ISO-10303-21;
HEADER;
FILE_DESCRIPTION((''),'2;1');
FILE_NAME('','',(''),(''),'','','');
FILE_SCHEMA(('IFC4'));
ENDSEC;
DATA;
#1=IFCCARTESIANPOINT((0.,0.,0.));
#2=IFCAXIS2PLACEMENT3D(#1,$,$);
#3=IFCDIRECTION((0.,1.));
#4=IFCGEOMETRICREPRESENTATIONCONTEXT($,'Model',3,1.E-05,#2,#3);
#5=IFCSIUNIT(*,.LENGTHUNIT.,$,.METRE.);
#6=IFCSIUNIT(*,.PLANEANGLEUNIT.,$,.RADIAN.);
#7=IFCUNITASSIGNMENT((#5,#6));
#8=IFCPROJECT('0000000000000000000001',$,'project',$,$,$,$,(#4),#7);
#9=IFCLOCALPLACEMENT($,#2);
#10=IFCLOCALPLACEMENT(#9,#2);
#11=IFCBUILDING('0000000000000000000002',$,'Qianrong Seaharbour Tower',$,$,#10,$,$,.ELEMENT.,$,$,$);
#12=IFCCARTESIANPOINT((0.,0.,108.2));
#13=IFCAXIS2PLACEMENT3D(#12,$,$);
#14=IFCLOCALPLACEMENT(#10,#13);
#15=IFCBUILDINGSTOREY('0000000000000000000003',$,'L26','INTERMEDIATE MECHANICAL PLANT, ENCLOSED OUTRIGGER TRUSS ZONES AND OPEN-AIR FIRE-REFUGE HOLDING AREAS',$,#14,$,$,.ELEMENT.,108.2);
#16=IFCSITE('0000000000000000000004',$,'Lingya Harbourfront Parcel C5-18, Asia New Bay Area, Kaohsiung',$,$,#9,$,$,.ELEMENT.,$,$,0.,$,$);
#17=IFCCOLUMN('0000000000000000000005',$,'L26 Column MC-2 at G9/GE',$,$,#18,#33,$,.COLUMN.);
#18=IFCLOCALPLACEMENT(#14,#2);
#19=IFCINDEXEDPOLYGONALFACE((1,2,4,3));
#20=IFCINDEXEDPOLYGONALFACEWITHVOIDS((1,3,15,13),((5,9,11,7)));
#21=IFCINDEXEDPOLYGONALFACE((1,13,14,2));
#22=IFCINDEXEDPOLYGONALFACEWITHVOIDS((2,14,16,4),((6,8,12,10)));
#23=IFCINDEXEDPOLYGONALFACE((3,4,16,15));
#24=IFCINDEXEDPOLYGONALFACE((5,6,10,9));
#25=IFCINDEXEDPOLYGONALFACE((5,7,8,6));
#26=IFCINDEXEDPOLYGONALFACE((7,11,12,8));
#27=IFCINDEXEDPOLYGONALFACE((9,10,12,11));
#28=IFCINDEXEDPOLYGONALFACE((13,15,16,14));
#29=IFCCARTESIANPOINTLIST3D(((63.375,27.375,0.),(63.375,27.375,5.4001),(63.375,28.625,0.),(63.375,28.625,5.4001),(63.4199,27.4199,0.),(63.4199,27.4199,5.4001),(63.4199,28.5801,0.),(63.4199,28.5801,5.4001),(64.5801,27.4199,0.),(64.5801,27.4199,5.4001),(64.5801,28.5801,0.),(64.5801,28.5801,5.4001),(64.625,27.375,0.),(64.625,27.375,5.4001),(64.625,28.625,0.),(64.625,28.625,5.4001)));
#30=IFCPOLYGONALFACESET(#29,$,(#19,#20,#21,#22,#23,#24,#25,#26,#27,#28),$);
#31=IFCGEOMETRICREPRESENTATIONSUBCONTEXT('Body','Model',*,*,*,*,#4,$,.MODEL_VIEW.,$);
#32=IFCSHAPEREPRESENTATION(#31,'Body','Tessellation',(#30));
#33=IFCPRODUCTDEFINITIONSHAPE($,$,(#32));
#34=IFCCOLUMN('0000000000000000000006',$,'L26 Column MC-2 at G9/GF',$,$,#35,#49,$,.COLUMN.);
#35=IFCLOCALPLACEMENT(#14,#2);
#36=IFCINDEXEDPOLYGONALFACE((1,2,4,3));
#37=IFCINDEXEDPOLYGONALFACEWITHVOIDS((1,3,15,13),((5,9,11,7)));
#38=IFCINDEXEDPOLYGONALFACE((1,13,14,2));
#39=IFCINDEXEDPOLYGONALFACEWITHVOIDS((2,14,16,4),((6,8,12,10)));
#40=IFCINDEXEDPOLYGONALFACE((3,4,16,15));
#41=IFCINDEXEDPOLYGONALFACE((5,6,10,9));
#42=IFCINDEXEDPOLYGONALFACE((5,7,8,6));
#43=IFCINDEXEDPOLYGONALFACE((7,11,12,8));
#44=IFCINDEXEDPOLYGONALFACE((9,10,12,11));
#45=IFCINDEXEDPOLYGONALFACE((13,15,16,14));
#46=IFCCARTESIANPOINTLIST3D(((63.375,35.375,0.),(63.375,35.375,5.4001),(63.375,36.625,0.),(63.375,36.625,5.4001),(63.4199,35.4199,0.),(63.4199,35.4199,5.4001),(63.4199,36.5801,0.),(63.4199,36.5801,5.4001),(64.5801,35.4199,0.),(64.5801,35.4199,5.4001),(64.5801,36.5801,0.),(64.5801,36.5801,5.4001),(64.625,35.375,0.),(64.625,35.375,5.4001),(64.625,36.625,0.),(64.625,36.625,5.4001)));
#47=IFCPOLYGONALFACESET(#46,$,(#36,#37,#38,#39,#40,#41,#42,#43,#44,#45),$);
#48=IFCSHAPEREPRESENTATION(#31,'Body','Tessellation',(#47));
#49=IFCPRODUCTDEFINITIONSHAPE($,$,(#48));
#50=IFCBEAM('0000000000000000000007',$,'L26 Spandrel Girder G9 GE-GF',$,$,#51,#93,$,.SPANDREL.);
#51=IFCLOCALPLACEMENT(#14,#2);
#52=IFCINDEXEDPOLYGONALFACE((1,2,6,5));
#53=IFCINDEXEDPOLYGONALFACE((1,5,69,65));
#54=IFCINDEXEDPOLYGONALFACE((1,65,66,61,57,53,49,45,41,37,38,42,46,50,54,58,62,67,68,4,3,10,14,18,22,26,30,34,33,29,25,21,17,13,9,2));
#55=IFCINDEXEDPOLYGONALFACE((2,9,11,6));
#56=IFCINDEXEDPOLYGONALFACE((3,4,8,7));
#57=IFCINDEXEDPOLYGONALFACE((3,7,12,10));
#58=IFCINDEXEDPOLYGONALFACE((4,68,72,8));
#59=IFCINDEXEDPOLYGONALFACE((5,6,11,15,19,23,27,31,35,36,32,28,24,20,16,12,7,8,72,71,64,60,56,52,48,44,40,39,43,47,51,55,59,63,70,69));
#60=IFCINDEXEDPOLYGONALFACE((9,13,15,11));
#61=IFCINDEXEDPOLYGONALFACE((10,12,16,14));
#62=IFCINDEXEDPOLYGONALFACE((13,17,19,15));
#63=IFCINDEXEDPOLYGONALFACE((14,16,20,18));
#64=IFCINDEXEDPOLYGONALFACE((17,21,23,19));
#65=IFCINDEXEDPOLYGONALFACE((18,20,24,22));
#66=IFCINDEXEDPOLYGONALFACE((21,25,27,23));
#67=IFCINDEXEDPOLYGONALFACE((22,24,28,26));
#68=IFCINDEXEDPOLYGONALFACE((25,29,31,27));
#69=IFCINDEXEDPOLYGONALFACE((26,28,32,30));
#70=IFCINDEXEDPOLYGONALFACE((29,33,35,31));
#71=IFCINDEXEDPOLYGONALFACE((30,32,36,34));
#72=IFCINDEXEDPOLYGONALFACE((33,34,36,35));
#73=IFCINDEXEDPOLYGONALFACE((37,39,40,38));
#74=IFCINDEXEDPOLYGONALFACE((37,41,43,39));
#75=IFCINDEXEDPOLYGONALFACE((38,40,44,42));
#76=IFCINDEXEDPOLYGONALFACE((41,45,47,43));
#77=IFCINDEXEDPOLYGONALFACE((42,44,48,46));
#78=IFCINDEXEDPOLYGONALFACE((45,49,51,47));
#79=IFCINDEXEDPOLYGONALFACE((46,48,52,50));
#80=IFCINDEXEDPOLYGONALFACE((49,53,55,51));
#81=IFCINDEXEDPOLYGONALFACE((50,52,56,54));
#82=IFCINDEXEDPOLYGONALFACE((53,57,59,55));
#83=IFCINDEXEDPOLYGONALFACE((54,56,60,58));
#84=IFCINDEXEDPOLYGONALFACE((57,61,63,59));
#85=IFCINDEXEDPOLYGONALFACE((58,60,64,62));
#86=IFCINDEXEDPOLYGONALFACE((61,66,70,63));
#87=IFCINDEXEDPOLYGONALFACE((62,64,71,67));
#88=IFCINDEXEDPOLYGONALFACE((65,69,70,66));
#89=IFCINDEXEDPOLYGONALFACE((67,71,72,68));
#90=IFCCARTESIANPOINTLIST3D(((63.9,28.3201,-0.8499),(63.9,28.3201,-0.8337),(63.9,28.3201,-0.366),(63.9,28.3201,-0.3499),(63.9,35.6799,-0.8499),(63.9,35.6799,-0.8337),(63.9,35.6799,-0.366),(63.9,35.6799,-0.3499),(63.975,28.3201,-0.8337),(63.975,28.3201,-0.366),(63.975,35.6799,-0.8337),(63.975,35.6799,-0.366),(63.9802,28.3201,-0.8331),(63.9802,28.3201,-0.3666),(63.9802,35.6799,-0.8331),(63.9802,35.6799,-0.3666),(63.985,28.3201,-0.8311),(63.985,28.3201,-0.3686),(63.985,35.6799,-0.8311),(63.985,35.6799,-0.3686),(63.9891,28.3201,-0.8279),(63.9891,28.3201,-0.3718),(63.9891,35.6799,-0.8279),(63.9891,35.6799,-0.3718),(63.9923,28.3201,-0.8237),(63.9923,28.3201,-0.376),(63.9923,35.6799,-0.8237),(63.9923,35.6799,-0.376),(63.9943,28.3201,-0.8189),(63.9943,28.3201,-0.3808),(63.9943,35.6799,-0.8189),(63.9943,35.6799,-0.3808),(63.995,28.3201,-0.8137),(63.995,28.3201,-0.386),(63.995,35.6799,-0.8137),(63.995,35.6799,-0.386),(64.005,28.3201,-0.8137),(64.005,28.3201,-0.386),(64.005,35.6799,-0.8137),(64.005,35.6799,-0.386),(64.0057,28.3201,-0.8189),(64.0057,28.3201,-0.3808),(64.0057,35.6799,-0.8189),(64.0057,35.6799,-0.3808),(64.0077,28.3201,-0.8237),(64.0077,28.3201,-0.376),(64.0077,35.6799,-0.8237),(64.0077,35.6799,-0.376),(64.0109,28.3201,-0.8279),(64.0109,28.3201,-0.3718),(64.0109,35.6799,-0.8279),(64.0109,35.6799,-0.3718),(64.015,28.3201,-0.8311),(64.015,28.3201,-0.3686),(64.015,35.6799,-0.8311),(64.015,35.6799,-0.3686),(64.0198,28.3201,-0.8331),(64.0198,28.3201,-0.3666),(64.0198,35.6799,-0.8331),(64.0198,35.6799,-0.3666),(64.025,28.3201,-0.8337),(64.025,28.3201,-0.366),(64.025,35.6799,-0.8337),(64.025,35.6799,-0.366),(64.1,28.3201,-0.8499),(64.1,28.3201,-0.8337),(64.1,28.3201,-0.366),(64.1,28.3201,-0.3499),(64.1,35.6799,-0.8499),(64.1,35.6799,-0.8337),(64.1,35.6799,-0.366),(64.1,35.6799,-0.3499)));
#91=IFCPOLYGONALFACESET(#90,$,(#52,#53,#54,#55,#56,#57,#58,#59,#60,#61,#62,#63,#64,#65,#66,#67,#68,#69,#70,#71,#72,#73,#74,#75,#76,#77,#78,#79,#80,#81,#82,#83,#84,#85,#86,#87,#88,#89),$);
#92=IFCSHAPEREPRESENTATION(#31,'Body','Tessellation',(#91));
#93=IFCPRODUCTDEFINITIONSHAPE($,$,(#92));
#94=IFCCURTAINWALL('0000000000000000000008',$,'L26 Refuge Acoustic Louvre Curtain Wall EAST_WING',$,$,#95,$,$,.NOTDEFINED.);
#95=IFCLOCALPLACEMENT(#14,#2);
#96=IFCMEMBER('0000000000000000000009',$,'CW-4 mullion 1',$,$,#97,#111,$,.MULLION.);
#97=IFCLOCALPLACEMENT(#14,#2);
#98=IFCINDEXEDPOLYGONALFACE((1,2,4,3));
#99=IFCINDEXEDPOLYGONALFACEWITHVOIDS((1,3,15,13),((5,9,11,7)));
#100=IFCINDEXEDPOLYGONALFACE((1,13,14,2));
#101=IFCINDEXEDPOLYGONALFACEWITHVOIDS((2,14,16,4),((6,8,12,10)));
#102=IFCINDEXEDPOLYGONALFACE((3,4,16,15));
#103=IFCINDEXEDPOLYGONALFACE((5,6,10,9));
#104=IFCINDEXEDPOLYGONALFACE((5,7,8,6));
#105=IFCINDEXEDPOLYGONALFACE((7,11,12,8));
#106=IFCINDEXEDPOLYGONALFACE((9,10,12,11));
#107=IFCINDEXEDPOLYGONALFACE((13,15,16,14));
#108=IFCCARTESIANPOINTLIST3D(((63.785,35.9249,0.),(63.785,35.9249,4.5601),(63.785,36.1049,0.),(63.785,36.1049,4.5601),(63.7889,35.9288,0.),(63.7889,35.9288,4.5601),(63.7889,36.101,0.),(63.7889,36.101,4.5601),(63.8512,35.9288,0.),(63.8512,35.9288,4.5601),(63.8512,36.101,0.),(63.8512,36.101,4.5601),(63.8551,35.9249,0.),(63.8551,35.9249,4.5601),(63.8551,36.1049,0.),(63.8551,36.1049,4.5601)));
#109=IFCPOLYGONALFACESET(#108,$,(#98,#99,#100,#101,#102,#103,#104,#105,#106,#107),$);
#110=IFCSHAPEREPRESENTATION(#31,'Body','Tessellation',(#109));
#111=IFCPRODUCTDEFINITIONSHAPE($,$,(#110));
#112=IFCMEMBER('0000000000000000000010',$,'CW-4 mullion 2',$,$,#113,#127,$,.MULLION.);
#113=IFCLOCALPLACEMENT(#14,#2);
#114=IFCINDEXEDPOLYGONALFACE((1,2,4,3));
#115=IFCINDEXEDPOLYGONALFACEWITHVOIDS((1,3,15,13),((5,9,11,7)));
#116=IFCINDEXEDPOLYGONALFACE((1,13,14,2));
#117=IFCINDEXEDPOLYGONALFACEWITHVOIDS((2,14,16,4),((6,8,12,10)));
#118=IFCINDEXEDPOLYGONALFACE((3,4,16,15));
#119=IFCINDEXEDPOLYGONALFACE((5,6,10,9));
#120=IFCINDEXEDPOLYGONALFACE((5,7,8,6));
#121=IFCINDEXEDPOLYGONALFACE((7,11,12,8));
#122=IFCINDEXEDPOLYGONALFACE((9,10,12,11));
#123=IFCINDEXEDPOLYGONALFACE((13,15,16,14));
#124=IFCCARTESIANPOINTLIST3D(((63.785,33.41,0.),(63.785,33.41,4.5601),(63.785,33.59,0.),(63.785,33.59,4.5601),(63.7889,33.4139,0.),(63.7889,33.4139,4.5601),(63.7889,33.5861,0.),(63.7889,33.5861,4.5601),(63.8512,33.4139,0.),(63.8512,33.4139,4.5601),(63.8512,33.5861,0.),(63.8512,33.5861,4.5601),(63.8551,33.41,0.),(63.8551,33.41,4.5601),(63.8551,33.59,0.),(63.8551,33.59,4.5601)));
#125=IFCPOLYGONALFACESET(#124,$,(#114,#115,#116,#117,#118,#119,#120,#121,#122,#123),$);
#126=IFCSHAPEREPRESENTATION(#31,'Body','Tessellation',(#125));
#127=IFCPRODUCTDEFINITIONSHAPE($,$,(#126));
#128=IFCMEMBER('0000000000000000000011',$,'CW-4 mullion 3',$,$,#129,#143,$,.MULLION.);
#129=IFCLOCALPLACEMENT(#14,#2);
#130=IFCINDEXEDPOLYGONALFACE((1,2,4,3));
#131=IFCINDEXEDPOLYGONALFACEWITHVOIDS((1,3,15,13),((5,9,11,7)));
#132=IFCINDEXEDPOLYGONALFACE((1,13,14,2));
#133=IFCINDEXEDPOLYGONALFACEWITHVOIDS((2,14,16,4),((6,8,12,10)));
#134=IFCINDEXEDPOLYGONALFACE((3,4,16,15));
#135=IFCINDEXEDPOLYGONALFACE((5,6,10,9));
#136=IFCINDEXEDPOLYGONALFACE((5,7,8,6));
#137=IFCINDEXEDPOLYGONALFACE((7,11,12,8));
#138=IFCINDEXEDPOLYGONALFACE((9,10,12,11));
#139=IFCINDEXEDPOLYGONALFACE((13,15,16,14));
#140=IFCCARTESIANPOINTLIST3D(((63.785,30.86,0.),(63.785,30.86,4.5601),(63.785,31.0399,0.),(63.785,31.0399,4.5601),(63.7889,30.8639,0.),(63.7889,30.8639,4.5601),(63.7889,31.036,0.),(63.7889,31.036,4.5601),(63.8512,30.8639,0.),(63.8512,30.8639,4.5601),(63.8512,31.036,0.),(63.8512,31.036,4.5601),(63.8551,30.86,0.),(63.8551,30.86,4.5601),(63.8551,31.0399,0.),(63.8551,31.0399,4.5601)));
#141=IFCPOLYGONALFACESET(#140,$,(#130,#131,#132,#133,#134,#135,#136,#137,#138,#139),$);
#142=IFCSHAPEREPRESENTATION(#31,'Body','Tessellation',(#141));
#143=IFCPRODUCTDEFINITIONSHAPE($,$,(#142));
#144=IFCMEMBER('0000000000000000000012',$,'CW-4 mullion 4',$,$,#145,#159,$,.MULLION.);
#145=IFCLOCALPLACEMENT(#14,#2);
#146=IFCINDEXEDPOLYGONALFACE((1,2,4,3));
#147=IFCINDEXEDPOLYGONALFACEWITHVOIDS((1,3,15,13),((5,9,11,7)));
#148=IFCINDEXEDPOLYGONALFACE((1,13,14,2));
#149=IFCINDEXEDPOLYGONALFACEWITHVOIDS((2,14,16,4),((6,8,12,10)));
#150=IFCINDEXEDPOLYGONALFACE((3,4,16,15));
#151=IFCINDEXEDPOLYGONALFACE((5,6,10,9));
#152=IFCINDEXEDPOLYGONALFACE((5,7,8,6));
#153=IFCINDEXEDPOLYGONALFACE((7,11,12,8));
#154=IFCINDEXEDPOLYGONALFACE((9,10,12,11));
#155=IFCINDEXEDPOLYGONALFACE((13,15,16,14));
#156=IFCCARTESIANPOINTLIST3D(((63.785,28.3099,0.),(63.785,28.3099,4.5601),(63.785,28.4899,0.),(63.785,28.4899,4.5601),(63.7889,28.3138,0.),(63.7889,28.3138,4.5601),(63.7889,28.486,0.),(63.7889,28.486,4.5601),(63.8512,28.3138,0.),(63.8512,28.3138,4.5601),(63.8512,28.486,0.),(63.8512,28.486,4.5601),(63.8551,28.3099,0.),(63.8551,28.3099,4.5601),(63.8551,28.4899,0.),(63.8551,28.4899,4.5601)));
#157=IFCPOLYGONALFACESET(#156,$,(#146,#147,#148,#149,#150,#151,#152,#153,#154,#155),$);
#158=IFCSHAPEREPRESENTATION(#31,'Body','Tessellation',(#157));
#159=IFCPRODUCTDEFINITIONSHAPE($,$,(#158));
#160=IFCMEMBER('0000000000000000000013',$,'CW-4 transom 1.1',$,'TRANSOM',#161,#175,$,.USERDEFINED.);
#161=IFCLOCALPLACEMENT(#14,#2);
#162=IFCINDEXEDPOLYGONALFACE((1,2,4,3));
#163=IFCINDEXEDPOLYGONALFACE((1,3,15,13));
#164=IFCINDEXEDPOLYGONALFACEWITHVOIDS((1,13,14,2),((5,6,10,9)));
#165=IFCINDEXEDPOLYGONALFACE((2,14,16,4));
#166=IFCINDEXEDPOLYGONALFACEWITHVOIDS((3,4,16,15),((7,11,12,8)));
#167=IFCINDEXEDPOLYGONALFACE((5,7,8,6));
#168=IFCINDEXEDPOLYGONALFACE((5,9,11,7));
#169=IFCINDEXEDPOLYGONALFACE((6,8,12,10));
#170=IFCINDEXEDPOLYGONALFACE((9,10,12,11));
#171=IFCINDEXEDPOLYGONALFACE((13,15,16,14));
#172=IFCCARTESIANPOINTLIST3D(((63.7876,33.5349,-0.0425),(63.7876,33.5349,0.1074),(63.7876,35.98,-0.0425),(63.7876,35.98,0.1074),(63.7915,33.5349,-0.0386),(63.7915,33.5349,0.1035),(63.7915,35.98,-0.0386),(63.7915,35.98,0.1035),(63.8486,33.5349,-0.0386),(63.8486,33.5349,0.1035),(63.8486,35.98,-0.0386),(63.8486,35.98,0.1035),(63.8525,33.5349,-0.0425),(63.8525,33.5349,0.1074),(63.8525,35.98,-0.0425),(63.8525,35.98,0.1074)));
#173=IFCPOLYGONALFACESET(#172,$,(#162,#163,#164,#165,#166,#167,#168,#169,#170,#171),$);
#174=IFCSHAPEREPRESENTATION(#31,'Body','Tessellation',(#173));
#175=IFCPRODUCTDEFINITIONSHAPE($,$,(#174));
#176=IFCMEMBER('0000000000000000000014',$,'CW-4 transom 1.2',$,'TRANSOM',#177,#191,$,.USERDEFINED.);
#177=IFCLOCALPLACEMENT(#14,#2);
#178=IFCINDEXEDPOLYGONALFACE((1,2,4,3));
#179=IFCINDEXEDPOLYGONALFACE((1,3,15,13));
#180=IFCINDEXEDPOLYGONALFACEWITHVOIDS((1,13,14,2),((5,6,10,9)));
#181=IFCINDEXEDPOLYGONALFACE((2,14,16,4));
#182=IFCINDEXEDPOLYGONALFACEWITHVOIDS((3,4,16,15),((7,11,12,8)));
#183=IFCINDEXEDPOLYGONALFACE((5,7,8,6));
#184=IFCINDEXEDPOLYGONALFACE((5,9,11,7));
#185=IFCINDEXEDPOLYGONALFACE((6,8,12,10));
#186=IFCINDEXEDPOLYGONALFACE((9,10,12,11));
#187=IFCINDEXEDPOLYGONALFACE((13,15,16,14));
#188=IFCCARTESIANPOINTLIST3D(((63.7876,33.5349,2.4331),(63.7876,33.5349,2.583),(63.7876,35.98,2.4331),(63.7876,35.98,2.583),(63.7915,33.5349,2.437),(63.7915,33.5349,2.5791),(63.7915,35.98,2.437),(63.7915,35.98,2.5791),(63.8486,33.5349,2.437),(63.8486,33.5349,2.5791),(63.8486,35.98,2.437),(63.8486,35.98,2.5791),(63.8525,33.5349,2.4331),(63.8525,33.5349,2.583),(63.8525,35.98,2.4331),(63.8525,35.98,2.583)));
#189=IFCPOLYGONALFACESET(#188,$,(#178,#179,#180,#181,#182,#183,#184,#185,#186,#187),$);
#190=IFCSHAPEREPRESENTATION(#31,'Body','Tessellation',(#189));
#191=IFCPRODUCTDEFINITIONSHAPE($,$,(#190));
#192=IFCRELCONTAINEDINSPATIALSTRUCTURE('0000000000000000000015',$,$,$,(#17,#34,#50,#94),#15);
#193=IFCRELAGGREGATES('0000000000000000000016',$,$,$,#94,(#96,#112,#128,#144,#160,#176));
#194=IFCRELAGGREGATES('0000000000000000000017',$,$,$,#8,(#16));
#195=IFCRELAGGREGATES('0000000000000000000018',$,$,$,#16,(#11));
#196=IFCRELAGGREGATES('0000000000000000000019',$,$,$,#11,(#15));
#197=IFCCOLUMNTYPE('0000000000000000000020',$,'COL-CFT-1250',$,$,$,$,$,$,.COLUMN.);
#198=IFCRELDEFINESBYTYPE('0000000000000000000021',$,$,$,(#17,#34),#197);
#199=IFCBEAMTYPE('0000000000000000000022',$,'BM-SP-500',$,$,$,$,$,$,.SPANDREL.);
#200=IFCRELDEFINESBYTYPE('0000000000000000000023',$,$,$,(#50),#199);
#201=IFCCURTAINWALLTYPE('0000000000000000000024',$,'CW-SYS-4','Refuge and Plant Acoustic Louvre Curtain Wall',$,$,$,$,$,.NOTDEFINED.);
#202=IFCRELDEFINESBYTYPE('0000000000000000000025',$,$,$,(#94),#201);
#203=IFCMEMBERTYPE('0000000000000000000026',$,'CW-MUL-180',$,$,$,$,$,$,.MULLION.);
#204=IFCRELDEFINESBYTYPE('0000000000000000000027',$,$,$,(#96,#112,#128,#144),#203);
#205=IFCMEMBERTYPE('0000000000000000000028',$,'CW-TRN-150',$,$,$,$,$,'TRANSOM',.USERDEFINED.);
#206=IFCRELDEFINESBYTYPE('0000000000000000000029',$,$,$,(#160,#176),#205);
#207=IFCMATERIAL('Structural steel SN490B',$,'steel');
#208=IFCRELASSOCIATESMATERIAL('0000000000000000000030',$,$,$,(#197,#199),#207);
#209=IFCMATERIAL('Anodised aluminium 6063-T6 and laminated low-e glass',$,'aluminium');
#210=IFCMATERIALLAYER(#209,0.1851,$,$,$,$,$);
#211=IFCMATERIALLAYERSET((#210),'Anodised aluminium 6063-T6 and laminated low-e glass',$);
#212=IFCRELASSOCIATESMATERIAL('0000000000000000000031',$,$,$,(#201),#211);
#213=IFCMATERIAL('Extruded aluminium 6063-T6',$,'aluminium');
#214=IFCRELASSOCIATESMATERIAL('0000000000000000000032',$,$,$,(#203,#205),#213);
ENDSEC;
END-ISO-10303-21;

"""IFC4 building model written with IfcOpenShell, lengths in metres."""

from ifc_helpers import new_model, si_unit, direction, frame, origin, origin_2d, place, context, subcontext, project, spatial, hollow_rectangle, i_section, extrude, material, layer, layer_set, material_profile, profile_set, type_object, element, aggregate, save


model = new_model("IFC4")

# Units and contexts
model_context = context("Model", 3, precision=1e-05, world=origin(), true_north=direction((0.0, 1.0)))
body_context = subcontext(model_context, "Body", "Model", "MODEL_VIEW")
ifc_project = project(units=[si_unit("LENGTHUNIT", "METRE"), si_unit("PLANEANGLEUNIT", "RADIAN")], contexts=[model_context])

# Site, building, storey
site_placement = place(None, origin())
site = spatial("IfcSite", under=ifc_project, at=site_placement, Name="Lingya Harbourfront Parcel C5-18, Asia New Bay Area, Kaohsiung", CompositionType="ELEMENT", RefElevation=0.0)
building_placement = place(site_placement, origin())
building = spatial("IfcBuilding", under=site, at=building_placement, Name="Qianrong Seaharbour Tower", CompositionType="ELEMENT")
storey_placement = place(building_placement, frame((0.0, 0.0, 108.2)))
storey = spatial("IfcBuildingStorey", under=building, at=storey_placement, Name="L26", Description="INTERMEDIATE MECHANICAL PLANT, ENCLOSED OUTRIGGER TRUSS ZONES AND OPEN-AIR FIRE-REFUGE HOLDING AREAS", CompositionType="ELEMENT", Elevation=108.2)

# Columns
ifc_material_1 = material(Name="Structural steel SN490B", Category="steel")
ifc_material_profile_1 = material_profile(ifc_material_1, hollow_rectangle(XDim=1.25, YDim=1.25, WallThickness=0.0449, at=origin_2d()), Name="BOX1250x1250x45")
ifc_profile_set_1 = profile_set([ifc_material_profile_1], Name="Structural steel SN490B")
column_type = type_object("IfcColumnType", Name="COL-CFT-1250", PredefinedType="COLUMN", material=ifc_profile_set_1)
for number, where, z_axis, x_axis, name in (
    (1, (64.0, 28.0, 0.0), (0.0, 0.0, 1.0), (1.0, 0.0, 0.0), "L26 Column MC-2 at G9/GE"),
    (2, (64.0, 36.0, 0.0), (0.0, 0.0, 1.0), (1.0, 0.0, 0.0), "L26 Column MC-2 at G9/GF"),
):
    element("IfcColumn", number, at=place(storey_placement, frame(where, z_axis=z_axis, x_axis=x_axis)), inside=storey, type_object=column_type, Name=name, PredefinedType="COLUMN", context=body_context, shape_type="SweptSolid", body=[
        extrude(hollow_rectangle(XDim=1.25, YDim=1.25, WallThickness=0.0449, at=origin_2d()), origin(), (0.0, 0.0, 1.0), 5.4001),
    ])

# Beam
ifc_material_profile_2 = material_profile(ifc_material_1, i_section(OverallWidth=0.2, OverallDepth=0.5, WebThickness=0.01, FlangeThickness=0.0161, FilletRadius=0.02, at=origin_2d()), Name="H500x200x10x16")
ifc_profile_set_2 = profile_set([ifc_material_profile_2], Name="Structural steel SN490B")
beam_type = type_object("IfcBeamType", Name="BM-SP-500", PredefinedType="SPANDREL", material=ifc_profile_set_2)
beam_placement = place(storey_placement, frame((64.0, 28.3201, -0.5999), z_axis=(0.0, 1.0, 0.0), x_axis=(-1.0, 0.0, 0.0)))
element("IfcBeam", 3, at=beam_placement, inside=storey, type_object=beam_type, Name="L26 Spandrel Girder G9 GE-GF", PredefinedType="SPANDREL", context=body_context, shape_type="SweptSolid", body=[
    extrude(i_section(OverallWidth=0.2, OverallDepth=0.5, WebThickness=0.01, FlangeThickness=0.0161, FilletRadius=0.02, at=origin_2d()), origin(), (0.0, 0.0, 1.0), 7.3599),
])

# Curtain wall, members
ifc_material_2 = material(Name="Anodised aluminium 6063-T6 and laminated low-e glass", Category="aluminium")
ifc_layer_1 = layer(ifc_material_2, 0.1851)
ifc_layer_set_1 = layer_set([ifc_layer_1], Name="Anodised aluminium 6063-T6 and laminated low-e glass")
curtain_wall_type = type_object("IfcCurtainWallType", Name="CW-SYS-4", Description="Refuge and Plant Acoustic Louvre Curtain Wall", PredefinedType="NOTDEFINED", material=ifc_layer_set_1)
curtain_wall_placement = place(storey_placement, origin())
curtain_wall = element("IfcCurtainWall", 4, at=curtain_wall_placement, inside=storey, type_object=curtain_wall_type, Name="L26 Refuge Acoustic Louvre Curtain Wall EAST_WING", PredefinedType="NOTDEFINED")
ifc_material_3 = material(Name="Extruded aluminium 6063-T6", Category="aluminium")
ifc_material_profile_3 = material_profile(ifc_material_3, hollow_rectangle(XDim=0.0701, YDim=0.1799, WallThickness=0.0039, at=origin_2d()), Name="ALU-MUL-180x70x4")
ifc_profile_set_3 = profile_set([ifc_material_profile_3], Name="Extruded aluminium 6063-T6")
member_type_1 = type_object("IfcMemberType", Name="CW-MUL-180", PredefinedType="MULLION", material=ifc_profile_set_3)
member_1_placement = place(storey_placement, frame((63.8201, 36.0149, 0.0), z_axis=(0.0, 0.0, 1.0), x_axis=(1.0, 0.0, 0.0)))
member_1 = element("IfcMember", 5, at=member_1_placement, type_object=member_type_1, Name="CW-4 mullion 1", PredefinedType="MULLION", context=body_context, shape_type="SweptSolid", body=[
    extrude(hollow_rectangle(XDim=0.0701, YDim=0.1799, WallThickness=0.0039, at=origin_2d()), origin(), (0.0, 0.0, 1.0), 4.5601),
])
member_2_placement = place(storey_placement, frame((63.8201, 33.5, 0.0), z_axis=(0.0, 0.0, 1.0), x_axis=(1.0, 0.0, 0.0)))
member_2 = element("IfcMember", 6, at=member_2_placement, type_object=member_type_1, Name="CW-4 mullion 2", PredefinedType="MULLION", context=body_context, shape_type="SweptSolid", body=[
    extrude(hollow_rectangle(XDim=0.0701, YDim=0.1799, WallThickness=0.0039, at=origin_2d()), origin(), (0.0, 0.0, 1.0), 4.5601),
])
member_3_placement = place(storey_placement, frame((63.8201, 30.95, 0.0), z_axis=(0.0, 0.0, 1.0), x_axis=(1.0, 0.0, 0.0)))
member_3 = element("IfcMember", 7, at=member_3_placement, type_object=member_type_1, Name="CW-4 mullion 3", PredefinedType="MULLION", context=body_context, shape_type="SweptSolid", body=[
    extrude(hollow_rectangle(XDim=0.0701, YDim=0.1799, WallThickness=0.0039, at=origin_2d()), origin(), (0.0, 0.0, 1.0), 4.5601),
])
member_4_placement = place(storey_placement, frame((63.8201, 28.3999, 0.0), z_axis=(0.0, 0.0, 1.0), x_axis=(1.0, 0.0, 0.0)))
member_4 = element("IfcMember", 8, at=member_4_placement, type_object=member_type_1, Name="CW-4 mullion 4", PredefinedType="MULLION", context=body_context, shape_type="SweptSolid", body=[
    extrude(hollow_rectangle(XDim=0.0701, YDim=0.1799, WallThickness=0.0039, at=origin_2d()), origin(), (0.0, 0.0, 1.0), 4.5601),
])
ifc_material_profile_4 = material_profile(ifc_material_3, hollow_rectangle(XDim=0.0649, YDim=0.1499, WallThickness=0.0039, at=origin_2d()), Name="ALU-TRN-150x65x4")
ifc_profile_set_4 = profile_set([ifc_material_profile_4], Name="Extruded aluminium 6063-T6")
member_type_2 = type_object("IfcMemberType", Name="CW-TRN-150", ElementType="TRANSOM", PredefinedType="USERDEFINED", material=ifc_profile_set_4)
member_5_placement = place(storey_placement, frame((63.8201, 35.98, 0.0325), z_axis=(0.0, -1.0, 0.0), x_axis=(1.0, 0.0, 0.0)))
member_5 = element("IfcMember", 9, at=member_5_placement, type_object=member_type_2, Name="CW-4 transom 1.1", ObjectType="TRANSOM", PredefinedType="USERDEFINED", context=body_context, shape_type="SweptSolid", body=[
    extrude(hollow_rectangle(XDim=0.0649, YDim=0.1499, WallThickness=0.0039, at=origin_2d()), origin(), (0.0, 0.0, 1.0), 2.4451),
])
member_6_placement = place(storey_placement, frame((63.8201, 35.98, 2.5081), z_axis=(0.0, -1.0, 0.0), x_axis=(1.0, 0.0, 0.0)))
member_6 = element("IfcMember", 10, at=member_6_placement, type_object=member_type_2, Name="CW-4 transom 1.2", ObjectType="TRANSOM", PredefinedType="USERDEFINED", context=body_context, shape_type="SweptSolid", body=[
    extrude(hollow_rectangle(XDim=0.0649, YDim=0.1499, WallThickness=0.0039, at=origin_2d()), origin(), (0.0, 0.0, 1.0), 2.4451),
])
aggregate(curtain_wall, [member_1, member_2, member_3, member_4, member_5, member_6])

save(model, "model.ifc")
